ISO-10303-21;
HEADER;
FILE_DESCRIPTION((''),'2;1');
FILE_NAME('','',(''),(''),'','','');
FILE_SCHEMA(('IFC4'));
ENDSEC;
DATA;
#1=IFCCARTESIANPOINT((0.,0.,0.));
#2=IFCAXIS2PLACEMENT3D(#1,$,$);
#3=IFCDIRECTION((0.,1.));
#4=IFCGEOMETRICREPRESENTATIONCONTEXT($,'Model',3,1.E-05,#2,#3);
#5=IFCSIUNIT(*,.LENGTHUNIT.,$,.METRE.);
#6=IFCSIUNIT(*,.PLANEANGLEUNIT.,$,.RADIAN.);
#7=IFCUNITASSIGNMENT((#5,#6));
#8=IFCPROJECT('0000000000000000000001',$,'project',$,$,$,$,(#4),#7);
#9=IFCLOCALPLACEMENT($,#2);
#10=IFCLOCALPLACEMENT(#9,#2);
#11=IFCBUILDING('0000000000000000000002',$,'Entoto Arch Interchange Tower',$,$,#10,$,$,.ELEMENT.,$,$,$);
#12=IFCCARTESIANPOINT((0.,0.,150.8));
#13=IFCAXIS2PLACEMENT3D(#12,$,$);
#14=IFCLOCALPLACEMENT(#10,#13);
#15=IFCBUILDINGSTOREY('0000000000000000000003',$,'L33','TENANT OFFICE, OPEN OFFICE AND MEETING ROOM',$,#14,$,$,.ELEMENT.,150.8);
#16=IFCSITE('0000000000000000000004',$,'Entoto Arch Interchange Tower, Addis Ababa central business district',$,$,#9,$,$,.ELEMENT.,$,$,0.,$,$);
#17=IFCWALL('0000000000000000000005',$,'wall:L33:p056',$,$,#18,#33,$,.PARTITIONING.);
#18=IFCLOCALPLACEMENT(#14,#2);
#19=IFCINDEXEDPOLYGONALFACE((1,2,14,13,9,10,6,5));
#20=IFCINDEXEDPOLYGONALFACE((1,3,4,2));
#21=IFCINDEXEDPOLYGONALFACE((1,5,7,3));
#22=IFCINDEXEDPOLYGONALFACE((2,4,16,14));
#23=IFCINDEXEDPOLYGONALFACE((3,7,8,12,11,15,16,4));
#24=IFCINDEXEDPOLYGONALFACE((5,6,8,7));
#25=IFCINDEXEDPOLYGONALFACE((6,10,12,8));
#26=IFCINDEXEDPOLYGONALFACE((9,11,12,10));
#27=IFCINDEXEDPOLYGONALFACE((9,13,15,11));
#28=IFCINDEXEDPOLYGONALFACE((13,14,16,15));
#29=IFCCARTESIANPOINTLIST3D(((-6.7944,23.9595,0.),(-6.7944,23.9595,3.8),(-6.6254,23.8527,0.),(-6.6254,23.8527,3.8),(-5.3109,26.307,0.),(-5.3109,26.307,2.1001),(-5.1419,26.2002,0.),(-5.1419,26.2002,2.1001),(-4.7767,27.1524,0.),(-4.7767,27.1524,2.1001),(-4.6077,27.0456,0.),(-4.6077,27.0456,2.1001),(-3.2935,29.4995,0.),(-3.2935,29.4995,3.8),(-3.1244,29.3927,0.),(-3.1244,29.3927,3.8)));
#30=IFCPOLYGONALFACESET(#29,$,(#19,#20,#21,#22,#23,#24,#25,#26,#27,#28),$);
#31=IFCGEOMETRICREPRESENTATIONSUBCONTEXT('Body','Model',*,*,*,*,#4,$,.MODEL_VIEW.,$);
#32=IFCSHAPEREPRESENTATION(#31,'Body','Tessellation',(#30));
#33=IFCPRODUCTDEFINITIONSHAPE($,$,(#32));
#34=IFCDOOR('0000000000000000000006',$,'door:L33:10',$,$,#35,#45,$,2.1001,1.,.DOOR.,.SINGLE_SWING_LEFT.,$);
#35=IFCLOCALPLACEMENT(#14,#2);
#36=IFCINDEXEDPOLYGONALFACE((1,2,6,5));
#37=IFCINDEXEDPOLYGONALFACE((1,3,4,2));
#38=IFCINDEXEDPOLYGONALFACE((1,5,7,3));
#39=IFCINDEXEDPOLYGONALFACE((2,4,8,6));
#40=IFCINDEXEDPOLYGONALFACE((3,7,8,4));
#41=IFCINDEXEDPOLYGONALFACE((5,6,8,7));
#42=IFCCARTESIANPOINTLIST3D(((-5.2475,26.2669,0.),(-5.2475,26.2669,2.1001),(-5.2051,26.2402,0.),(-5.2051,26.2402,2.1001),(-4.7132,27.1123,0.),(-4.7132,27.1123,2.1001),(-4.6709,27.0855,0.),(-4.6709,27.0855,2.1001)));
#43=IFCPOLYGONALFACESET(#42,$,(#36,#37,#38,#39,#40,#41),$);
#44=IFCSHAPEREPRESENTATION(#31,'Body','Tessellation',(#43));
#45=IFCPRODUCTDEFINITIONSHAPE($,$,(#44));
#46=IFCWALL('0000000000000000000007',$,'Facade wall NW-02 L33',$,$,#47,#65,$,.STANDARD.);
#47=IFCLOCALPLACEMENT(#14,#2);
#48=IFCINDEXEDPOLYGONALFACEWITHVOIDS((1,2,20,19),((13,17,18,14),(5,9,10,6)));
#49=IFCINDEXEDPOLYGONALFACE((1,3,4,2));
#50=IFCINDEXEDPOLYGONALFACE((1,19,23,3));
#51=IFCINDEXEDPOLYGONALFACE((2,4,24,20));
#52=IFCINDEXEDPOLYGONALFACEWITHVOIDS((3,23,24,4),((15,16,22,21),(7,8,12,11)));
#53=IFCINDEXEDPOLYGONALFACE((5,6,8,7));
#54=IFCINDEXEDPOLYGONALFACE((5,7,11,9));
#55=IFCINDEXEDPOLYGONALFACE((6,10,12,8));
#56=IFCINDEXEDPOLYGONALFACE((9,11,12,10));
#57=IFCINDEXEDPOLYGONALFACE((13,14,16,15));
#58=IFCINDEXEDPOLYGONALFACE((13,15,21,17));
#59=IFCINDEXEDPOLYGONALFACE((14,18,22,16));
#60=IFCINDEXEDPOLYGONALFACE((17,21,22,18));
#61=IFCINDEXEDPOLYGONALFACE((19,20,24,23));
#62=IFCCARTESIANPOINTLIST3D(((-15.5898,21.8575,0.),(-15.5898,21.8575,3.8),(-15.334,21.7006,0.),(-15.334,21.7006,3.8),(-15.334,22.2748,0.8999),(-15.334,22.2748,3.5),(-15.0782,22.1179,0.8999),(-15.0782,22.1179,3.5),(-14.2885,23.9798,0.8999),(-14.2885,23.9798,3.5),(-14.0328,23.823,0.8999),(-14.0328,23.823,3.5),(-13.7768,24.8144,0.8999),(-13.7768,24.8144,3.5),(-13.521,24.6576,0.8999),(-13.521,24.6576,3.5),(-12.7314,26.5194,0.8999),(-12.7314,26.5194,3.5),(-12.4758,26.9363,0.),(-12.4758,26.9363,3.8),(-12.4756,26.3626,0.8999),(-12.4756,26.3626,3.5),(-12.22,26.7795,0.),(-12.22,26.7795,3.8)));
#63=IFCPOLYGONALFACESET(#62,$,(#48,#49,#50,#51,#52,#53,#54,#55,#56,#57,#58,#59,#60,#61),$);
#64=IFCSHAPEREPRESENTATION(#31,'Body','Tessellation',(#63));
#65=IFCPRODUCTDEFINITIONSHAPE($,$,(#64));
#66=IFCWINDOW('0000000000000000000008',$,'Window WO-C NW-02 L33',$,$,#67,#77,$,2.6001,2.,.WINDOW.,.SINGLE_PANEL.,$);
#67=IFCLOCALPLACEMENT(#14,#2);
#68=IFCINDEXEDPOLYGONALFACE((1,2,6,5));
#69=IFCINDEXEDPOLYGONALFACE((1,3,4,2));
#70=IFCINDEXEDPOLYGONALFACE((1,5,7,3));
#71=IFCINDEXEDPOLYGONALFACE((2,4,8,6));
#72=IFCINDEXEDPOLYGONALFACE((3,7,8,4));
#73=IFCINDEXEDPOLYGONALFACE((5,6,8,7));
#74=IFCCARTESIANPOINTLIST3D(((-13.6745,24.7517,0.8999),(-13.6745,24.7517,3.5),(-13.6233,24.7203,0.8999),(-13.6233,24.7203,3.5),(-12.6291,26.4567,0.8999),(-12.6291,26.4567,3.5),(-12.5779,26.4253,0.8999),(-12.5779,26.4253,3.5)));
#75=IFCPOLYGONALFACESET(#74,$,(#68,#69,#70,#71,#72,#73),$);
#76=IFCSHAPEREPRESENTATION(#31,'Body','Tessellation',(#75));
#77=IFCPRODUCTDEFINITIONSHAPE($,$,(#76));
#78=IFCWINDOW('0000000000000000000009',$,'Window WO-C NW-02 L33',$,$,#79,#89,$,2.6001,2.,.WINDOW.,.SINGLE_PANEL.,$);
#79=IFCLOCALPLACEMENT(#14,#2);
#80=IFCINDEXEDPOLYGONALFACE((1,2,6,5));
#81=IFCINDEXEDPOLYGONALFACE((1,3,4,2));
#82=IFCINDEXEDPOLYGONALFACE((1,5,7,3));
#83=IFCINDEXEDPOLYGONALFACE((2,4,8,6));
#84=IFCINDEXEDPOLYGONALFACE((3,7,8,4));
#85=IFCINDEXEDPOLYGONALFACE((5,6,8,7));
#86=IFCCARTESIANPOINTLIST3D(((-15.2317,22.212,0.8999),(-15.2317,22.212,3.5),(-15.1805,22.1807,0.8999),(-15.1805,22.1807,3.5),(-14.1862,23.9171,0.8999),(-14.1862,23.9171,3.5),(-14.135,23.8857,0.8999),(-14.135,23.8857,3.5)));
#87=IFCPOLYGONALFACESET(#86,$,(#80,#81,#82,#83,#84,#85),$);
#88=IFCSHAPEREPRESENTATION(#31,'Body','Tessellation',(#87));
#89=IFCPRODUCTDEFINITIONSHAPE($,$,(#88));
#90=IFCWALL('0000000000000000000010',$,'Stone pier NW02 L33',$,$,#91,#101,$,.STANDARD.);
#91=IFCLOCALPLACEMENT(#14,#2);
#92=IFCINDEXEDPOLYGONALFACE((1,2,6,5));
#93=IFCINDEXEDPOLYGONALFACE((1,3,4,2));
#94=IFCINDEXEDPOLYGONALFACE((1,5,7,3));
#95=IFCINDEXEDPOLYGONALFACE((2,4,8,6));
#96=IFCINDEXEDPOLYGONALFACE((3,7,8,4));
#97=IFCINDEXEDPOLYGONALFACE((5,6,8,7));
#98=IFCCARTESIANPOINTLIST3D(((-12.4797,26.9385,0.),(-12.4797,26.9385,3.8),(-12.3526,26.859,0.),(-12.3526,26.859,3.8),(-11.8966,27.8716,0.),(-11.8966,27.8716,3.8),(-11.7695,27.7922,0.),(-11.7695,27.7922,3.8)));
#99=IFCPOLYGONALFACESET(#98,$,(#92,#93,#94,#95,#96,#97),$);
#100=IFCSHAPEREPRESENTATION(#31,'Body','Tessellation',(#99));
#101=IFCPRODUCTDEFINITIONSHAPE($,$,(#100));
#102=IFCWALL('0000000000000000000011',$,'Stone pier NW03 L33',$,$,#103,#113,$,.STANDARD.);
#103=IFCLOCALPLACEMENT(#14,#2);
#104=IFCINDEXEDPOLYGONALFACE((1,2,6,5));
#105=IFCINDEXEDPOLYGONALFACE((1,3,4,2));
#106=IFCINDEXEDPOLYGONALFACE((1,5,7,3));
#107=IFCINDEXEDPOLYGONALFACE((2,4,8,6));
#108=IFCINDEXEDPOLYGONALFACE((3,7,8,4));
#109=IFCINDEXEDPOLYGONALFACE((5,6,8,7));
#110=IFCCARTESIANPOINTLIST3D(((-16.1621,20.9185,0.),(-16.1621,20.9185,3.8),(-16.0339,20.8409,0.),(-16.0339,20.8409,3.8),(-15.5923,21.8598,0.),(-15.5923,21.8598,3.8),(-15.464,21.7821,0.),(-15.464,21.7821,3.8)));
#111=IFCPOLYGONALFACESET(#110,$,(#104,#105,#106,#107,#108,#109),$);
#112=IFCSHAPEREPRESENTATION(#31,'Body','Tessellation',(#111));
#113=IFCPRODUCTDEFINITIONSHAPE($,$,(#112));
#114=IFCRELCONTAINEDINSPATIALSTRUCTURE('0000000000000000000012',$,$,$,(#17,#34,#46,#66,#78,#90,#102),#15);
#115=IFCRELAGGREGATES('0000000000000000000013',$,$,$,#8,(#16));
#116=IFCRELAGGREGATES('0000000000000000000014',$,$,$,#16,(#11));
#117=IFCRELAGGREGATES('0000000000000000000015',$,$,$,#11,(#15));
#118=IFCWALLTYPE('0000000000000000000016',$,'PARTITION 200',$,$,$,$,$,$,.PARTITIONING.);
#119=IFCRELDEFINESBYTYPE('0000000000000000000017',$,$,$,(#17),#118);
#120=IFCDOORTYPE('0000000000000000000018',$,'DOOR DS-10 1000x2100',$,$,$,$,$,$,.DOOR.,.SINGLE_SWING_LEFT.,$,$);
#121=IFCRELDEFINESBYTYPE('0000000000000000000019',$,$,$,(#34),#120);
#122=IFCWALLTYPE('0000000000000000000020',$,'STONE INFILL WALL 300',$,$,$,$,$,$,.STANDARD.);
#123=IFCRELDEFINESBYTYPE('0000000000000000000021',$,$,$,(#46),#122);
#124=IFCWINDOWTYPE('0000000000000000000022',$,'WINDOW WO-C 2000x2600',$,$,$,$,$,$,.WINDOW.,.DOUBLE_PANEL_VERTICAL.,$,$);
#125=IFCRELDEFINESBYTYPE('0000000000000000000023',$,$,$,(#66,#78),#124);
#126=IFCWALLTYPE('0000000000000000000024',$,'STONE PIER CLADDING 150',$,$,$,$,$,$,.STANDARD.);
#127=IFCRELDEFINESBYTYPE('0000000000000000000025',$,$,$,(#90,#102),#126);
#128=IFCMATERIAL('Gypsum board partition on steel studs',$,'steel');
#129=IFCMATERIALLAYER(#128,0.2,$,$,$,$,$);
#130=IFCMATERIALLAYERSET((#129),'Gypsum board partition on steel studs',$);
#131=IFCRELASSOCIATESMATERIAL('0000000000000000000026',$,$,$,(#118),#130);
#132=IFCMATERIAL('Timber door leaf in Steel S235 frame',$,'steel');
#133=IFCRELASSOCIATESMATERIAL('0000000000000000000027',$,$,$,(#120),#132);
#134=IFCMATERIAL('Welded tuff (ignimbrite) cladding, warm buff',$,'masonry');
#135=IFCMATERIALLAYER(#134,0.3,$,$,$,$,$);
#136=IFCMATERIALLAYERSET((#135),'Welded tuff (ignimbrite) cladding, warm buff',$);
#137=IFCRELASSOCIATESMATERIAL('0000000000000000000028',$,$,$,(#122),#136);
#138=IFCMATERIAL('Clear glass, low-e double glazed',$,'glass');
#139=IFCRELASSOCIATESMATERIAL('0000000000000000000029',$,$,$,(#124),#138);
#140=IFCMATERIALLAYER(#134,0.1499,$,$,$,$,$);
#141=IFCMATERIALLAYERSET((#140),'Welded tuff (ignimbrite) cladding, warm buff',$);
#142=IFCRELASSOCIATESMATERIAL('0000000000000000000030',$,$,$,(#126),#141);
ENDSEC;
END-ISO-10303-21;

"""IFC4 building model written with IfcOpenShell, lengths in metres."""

from ifc_helpers import new_model, si_unit, direction, frame, frame_2d, origin, place, context, subcontext, project, spatial, rectangle, extrude, material, layer, layer_set, type_object, element, fill, save


model = new_model("IFC4")

# Units and contexts
model_context = context("Model", 3, precision=1e-05, world=origin(), true_north=direction((0.0, 1.0)))
body_context = subcontext(model_context, "Body", "Model", "MODEL_VIEW")
ifc_project = project(units=[si_unit("LENGTHUNIT", "METRE"), si_unit("PLANEANGLEUNIT", "RADIAN")], contexts=[model_context])

# Site, building, storey
site_placement = place(None, origin())
site = spatial("IfcSite", under=ifc_project, at=site_placement, Name="Entoto Arch Interchange Tower, Addis Ababa central business district", CompositionType="ELEMENT", RefElevation=0.0)
building_placement = place(site_placement, origin())
building = spatial("IfcBuilding", under=site, at=building_placement, Name="Entoto Arch Interchange Tower", CompositionType="ELEMENT")
storey_placement = place(building_placement, frame((0.0, 0.0, 150.8)))
storey = spatial("IfcBuildingStorey", under=building, at=storey_placement, Name="L33", Description="TENANT OFFICE, OPEN OFFICE AND MEETING ROOM", CompositionType="ELEMENT", Elevation=150.8)

# Shared definitions
ifc_material_1 = material(Name="Gypsum board partition on steel studs", Category="steel")

# Shared definitions
ifc_layer_1 = layer(ifc_material_1, 0.2)
ifc_layer_set_1 = layer_set([ifc_layer_1], Name="Gypsum board partition on steel studs")
wall_type_1 = type_object("IfcWallType", Name="PARTITION 200", PredefinedType="PARTITIONING", material=ifc_layer_set_1)
ifc_material_2 = material(Name="Timber door leaf in Steel S235 frame", Category="steel")
door_type = type_object("IfcDoorType", Name="DOOR DS-10 1000x2100", OperationType="SINGLE_SWING_LEFT", PredefinedType="DOOR", material=ifc_material_2)

# Wall, opening, door
wall_1_placement = place(storey_placement, frame((-6.71, 23.906, 0.0), z_axis=(0.0, 0.0, 1.0), x_axis=(0.534212, 0.845351, 0.0)))
wall_1 = element("IfcWall", 1, at=wall_1_placement, inside=storey, type_object=wall_type_1, Name="wall:L33:p056", PredefinedType="PARTITIONING", context=body_context, shape_type="SweptSolid", body=[
    extrude(rectangle(XDim=6.5535, YDim=0.2, at=frame_2d((3.2769, 0.0))), origin(), (0.0, 0.0, 1.0), 3.8),
])
opening_1_placement = place(wall_1_placement, frame((2.7771, 0.0, 0.0)))
opening_1 = element("IfcOpeningElement", 2, at=opening_1_placement, cuts=wall_1, PredefinedType="OPENING", context=body_context, shape_type="SweptSolid", body=[
    extrude(rectangle(XDim=1.0, YDim=2.1001, at=frame_2d((0.5, 1.05))), frame((0.0, 0.1099, 0.0), z_axis=(0.0, -1.0, 0.0), x_axis=(1.0, 0.0, 0.0)), (0.0, 0.0, 1.0), 0.22),
])
door_1_placement = place(opening_1_placement, origin())
door_1 = element("IfcDoor", 3, at=door_1_placement, inside=storey, type_object=door_type, Name="door:L33:10", OperationType="SINGLE_SWING_LEFT", OverallHeight=2.1001, OverallWidth=1.0, PredefinedType="DOOR", context=body_context, shape_type="SweptSolid", body=[
    extrude(rectangle(XDim=1.0, YDim=2.1001, at=frame_2d((0.5, 1.05))), frame((0.0, 0.0249, 0.0), z_axis=(0.0, -1.0, 0.0), x_axis=(1.0, 0.0, 0.0)), (0.0, 0.0, 1.0), 0.05),
])
fill(opening_1, door_1)

# Wall, openings, windows
ifc_material_3 = material(Name="Welded tuff (ignimbrite) cladding, warm buff", Category="masonry")
ifc_layer_2 = layer(ifc_material_3, 0.3)
ifc_layer_set_2 = layer_set([ifc_layer_2], Name="Welded tuff (ignimbrite) cladding, warm buff")
wall_type_2 = type_object("IfcWallType", Name="STONE INFILL WALL 300", PredefinedType="STANDARD", material=ifc_layer_set_2)
wall_2_placement = place(storey_placement, frame((-12.3479, 26.8579, 0.0), z_axis=(0.0, 0.0, 1.0), x_axis=(-0.522704, -0.852514, 0.0)))
wall_2 = element("IfcWall", 4, at=wall_2_placement, inside=storey, type_object=wall_type_2, Name="Facade wall NW-02 L33", PredefinedType="STANDARD", context=body_context, shape_type="SweptSolid", body=[
    extrude(rectangle(XDim=5.9575, YDim=0.3, at=frame_2d((2.9788, 0.0))), origin(), (0.0, 0.0, 1.0), 3.8),
])
opening_2_placement = place(wall_2_placement, frame((0.489, 0.0, 0.8999)))
opening_2 = element("IfcOpeningElement", 5, at=opening_2_placement, cuts=wall_2, PredefinedType="OPENING", context=body_context, shape_type="SweptSolid", body=[
    extrude(rectangle(XDim=2.0, YDim=2.6001, at=frame_2d((1.0, 1.3))), frame((0.0, 0.1602, 0.0), z_axis=(0.0, -1.0, 0.0), x_axis=(1.0, 0.0, 0.0)), (0.0, 0.0, 1.0), 0.3201),
])
opening_3_placement = place(wall_2_placement, frame((3.468, 0.0, 0.8999)))
opening_3 = element("IfcOpeningElement", 6, at=opening_3_placement, cuts=wall_2, PredefinedType="OPENING", context=body_context, shape_type="SweptSolid", body=[
    extrude(rectangle(XDim=2.0, YDim=2.6001, at=frame_2d((1.0, 1.3))), frame((0.0, 0.1602, 0.0), z_axis=(0.0, -1.0, 0.0), x_axis=(1.0, 0.0, 0.0)), (0.0, 0.0, 1.0), 0.3201),
])
ifc_material_4 = material(Name="Clear glass, low-e double glazed", Category="glass")
window_type = type_object("IfcWindowType", Name="WINDOW WO-C 2000x2600", PartitioningType="DOUBLE_PANEL_VERTICAL", PredefinedType="WINDOW", material=ifc_material_4)
window_1_placement = place(opening_2_placement, origin())
window_1 = element("IfcWindow", 7, at=window_1_placement, inside=storey, type_object=window_type, Name="Window WO-C NW-02 L33", OverallHeight=2.6001, OverallWidth=2.0, PartitioningType="SINGLE_PANEL", PredefinedType="WINDOW", context=body_context, shape_type="SweptSolid", body=[
    extrude(rectangle(XDim=2.0, YDim=2.6001, at=frame_2d((1.0, 1.3))), frame((0.0, 0.03, 0.0), z_axis=(0.0, -1.0, 0.0), x_axis=(1.0, 0.0, 0.0)), (0.0, 0.0, 1.0), 0.0601),
])
fill(opening_2, window_1)
window_2_placement = place(opening_3_placement, origin())
window_2 = element("IfcWindow", 8, at=window_2_placement, inside=storey, type_object=window_type, Name="Window WO-C NW-02 L33", OverallHeight=2.6001, OverallWidth=2.0, PartitioningType="SINGLE_PANEL", PredefinedType="WINDOW", context=body_context, shape_type="SweptSolid", body=[
    extrude(rectangle(XDim=2.0, YDim=2.6001, at=frame_2d((1.0, 1.3))), frame((0.0, 0.03, 0.0), z_axis=(0.0, -1.0, 0.0), x_axis=(1.0, 0.0, 0.0)), (0.0, 0.0, 1.0), 0.0601),
])
fill(opening_3, window_2)

# Walls
ifc_layer_3 = layer(ifc_material_3, 0.1499)
ifc_layer_set_3 = layer_set([ifc_layer_3], Name="Welded tuff (ignimbrite) cladding, warm buff")
wall_type_3 = type_object("IfcWallType", Name="STONE PIER CLADDING 150", PredefinedType="STANDARD", material=ifc_layer_set_3)
for number, where, z_axis, x_axis, name in (
    (9, (-11.833, 27.832, 0.0), (0.0, 0.0, 1.0), (-0.529879, -0.848073, 0.0), "Stone pier NW02 L33"),
    (10, (-15.5281, 21.821, 0.0), (0.0, 0.0, 1.0), (-0.517918, -0.85543, 0.0), "Stone pier NW03 L33"),
):
    element("IfcWall", number, at=place(storey_placement, frame(where, z_axis=z_axis, x_axis=x_axis)), inside=storey, type_object=wall_type_3, Name=name, PredefinedType="STANDARD", context=body_context, shape_type="SweptSolid", body=[
        extrude(rectangle(XDim=1.1003, YDim=0.1499, at=frame_2d((0.5503, 0.0))), origin(), (0.0, 0.0, 1.0), 3.8),
    ])

save(model, "model.ifc")
